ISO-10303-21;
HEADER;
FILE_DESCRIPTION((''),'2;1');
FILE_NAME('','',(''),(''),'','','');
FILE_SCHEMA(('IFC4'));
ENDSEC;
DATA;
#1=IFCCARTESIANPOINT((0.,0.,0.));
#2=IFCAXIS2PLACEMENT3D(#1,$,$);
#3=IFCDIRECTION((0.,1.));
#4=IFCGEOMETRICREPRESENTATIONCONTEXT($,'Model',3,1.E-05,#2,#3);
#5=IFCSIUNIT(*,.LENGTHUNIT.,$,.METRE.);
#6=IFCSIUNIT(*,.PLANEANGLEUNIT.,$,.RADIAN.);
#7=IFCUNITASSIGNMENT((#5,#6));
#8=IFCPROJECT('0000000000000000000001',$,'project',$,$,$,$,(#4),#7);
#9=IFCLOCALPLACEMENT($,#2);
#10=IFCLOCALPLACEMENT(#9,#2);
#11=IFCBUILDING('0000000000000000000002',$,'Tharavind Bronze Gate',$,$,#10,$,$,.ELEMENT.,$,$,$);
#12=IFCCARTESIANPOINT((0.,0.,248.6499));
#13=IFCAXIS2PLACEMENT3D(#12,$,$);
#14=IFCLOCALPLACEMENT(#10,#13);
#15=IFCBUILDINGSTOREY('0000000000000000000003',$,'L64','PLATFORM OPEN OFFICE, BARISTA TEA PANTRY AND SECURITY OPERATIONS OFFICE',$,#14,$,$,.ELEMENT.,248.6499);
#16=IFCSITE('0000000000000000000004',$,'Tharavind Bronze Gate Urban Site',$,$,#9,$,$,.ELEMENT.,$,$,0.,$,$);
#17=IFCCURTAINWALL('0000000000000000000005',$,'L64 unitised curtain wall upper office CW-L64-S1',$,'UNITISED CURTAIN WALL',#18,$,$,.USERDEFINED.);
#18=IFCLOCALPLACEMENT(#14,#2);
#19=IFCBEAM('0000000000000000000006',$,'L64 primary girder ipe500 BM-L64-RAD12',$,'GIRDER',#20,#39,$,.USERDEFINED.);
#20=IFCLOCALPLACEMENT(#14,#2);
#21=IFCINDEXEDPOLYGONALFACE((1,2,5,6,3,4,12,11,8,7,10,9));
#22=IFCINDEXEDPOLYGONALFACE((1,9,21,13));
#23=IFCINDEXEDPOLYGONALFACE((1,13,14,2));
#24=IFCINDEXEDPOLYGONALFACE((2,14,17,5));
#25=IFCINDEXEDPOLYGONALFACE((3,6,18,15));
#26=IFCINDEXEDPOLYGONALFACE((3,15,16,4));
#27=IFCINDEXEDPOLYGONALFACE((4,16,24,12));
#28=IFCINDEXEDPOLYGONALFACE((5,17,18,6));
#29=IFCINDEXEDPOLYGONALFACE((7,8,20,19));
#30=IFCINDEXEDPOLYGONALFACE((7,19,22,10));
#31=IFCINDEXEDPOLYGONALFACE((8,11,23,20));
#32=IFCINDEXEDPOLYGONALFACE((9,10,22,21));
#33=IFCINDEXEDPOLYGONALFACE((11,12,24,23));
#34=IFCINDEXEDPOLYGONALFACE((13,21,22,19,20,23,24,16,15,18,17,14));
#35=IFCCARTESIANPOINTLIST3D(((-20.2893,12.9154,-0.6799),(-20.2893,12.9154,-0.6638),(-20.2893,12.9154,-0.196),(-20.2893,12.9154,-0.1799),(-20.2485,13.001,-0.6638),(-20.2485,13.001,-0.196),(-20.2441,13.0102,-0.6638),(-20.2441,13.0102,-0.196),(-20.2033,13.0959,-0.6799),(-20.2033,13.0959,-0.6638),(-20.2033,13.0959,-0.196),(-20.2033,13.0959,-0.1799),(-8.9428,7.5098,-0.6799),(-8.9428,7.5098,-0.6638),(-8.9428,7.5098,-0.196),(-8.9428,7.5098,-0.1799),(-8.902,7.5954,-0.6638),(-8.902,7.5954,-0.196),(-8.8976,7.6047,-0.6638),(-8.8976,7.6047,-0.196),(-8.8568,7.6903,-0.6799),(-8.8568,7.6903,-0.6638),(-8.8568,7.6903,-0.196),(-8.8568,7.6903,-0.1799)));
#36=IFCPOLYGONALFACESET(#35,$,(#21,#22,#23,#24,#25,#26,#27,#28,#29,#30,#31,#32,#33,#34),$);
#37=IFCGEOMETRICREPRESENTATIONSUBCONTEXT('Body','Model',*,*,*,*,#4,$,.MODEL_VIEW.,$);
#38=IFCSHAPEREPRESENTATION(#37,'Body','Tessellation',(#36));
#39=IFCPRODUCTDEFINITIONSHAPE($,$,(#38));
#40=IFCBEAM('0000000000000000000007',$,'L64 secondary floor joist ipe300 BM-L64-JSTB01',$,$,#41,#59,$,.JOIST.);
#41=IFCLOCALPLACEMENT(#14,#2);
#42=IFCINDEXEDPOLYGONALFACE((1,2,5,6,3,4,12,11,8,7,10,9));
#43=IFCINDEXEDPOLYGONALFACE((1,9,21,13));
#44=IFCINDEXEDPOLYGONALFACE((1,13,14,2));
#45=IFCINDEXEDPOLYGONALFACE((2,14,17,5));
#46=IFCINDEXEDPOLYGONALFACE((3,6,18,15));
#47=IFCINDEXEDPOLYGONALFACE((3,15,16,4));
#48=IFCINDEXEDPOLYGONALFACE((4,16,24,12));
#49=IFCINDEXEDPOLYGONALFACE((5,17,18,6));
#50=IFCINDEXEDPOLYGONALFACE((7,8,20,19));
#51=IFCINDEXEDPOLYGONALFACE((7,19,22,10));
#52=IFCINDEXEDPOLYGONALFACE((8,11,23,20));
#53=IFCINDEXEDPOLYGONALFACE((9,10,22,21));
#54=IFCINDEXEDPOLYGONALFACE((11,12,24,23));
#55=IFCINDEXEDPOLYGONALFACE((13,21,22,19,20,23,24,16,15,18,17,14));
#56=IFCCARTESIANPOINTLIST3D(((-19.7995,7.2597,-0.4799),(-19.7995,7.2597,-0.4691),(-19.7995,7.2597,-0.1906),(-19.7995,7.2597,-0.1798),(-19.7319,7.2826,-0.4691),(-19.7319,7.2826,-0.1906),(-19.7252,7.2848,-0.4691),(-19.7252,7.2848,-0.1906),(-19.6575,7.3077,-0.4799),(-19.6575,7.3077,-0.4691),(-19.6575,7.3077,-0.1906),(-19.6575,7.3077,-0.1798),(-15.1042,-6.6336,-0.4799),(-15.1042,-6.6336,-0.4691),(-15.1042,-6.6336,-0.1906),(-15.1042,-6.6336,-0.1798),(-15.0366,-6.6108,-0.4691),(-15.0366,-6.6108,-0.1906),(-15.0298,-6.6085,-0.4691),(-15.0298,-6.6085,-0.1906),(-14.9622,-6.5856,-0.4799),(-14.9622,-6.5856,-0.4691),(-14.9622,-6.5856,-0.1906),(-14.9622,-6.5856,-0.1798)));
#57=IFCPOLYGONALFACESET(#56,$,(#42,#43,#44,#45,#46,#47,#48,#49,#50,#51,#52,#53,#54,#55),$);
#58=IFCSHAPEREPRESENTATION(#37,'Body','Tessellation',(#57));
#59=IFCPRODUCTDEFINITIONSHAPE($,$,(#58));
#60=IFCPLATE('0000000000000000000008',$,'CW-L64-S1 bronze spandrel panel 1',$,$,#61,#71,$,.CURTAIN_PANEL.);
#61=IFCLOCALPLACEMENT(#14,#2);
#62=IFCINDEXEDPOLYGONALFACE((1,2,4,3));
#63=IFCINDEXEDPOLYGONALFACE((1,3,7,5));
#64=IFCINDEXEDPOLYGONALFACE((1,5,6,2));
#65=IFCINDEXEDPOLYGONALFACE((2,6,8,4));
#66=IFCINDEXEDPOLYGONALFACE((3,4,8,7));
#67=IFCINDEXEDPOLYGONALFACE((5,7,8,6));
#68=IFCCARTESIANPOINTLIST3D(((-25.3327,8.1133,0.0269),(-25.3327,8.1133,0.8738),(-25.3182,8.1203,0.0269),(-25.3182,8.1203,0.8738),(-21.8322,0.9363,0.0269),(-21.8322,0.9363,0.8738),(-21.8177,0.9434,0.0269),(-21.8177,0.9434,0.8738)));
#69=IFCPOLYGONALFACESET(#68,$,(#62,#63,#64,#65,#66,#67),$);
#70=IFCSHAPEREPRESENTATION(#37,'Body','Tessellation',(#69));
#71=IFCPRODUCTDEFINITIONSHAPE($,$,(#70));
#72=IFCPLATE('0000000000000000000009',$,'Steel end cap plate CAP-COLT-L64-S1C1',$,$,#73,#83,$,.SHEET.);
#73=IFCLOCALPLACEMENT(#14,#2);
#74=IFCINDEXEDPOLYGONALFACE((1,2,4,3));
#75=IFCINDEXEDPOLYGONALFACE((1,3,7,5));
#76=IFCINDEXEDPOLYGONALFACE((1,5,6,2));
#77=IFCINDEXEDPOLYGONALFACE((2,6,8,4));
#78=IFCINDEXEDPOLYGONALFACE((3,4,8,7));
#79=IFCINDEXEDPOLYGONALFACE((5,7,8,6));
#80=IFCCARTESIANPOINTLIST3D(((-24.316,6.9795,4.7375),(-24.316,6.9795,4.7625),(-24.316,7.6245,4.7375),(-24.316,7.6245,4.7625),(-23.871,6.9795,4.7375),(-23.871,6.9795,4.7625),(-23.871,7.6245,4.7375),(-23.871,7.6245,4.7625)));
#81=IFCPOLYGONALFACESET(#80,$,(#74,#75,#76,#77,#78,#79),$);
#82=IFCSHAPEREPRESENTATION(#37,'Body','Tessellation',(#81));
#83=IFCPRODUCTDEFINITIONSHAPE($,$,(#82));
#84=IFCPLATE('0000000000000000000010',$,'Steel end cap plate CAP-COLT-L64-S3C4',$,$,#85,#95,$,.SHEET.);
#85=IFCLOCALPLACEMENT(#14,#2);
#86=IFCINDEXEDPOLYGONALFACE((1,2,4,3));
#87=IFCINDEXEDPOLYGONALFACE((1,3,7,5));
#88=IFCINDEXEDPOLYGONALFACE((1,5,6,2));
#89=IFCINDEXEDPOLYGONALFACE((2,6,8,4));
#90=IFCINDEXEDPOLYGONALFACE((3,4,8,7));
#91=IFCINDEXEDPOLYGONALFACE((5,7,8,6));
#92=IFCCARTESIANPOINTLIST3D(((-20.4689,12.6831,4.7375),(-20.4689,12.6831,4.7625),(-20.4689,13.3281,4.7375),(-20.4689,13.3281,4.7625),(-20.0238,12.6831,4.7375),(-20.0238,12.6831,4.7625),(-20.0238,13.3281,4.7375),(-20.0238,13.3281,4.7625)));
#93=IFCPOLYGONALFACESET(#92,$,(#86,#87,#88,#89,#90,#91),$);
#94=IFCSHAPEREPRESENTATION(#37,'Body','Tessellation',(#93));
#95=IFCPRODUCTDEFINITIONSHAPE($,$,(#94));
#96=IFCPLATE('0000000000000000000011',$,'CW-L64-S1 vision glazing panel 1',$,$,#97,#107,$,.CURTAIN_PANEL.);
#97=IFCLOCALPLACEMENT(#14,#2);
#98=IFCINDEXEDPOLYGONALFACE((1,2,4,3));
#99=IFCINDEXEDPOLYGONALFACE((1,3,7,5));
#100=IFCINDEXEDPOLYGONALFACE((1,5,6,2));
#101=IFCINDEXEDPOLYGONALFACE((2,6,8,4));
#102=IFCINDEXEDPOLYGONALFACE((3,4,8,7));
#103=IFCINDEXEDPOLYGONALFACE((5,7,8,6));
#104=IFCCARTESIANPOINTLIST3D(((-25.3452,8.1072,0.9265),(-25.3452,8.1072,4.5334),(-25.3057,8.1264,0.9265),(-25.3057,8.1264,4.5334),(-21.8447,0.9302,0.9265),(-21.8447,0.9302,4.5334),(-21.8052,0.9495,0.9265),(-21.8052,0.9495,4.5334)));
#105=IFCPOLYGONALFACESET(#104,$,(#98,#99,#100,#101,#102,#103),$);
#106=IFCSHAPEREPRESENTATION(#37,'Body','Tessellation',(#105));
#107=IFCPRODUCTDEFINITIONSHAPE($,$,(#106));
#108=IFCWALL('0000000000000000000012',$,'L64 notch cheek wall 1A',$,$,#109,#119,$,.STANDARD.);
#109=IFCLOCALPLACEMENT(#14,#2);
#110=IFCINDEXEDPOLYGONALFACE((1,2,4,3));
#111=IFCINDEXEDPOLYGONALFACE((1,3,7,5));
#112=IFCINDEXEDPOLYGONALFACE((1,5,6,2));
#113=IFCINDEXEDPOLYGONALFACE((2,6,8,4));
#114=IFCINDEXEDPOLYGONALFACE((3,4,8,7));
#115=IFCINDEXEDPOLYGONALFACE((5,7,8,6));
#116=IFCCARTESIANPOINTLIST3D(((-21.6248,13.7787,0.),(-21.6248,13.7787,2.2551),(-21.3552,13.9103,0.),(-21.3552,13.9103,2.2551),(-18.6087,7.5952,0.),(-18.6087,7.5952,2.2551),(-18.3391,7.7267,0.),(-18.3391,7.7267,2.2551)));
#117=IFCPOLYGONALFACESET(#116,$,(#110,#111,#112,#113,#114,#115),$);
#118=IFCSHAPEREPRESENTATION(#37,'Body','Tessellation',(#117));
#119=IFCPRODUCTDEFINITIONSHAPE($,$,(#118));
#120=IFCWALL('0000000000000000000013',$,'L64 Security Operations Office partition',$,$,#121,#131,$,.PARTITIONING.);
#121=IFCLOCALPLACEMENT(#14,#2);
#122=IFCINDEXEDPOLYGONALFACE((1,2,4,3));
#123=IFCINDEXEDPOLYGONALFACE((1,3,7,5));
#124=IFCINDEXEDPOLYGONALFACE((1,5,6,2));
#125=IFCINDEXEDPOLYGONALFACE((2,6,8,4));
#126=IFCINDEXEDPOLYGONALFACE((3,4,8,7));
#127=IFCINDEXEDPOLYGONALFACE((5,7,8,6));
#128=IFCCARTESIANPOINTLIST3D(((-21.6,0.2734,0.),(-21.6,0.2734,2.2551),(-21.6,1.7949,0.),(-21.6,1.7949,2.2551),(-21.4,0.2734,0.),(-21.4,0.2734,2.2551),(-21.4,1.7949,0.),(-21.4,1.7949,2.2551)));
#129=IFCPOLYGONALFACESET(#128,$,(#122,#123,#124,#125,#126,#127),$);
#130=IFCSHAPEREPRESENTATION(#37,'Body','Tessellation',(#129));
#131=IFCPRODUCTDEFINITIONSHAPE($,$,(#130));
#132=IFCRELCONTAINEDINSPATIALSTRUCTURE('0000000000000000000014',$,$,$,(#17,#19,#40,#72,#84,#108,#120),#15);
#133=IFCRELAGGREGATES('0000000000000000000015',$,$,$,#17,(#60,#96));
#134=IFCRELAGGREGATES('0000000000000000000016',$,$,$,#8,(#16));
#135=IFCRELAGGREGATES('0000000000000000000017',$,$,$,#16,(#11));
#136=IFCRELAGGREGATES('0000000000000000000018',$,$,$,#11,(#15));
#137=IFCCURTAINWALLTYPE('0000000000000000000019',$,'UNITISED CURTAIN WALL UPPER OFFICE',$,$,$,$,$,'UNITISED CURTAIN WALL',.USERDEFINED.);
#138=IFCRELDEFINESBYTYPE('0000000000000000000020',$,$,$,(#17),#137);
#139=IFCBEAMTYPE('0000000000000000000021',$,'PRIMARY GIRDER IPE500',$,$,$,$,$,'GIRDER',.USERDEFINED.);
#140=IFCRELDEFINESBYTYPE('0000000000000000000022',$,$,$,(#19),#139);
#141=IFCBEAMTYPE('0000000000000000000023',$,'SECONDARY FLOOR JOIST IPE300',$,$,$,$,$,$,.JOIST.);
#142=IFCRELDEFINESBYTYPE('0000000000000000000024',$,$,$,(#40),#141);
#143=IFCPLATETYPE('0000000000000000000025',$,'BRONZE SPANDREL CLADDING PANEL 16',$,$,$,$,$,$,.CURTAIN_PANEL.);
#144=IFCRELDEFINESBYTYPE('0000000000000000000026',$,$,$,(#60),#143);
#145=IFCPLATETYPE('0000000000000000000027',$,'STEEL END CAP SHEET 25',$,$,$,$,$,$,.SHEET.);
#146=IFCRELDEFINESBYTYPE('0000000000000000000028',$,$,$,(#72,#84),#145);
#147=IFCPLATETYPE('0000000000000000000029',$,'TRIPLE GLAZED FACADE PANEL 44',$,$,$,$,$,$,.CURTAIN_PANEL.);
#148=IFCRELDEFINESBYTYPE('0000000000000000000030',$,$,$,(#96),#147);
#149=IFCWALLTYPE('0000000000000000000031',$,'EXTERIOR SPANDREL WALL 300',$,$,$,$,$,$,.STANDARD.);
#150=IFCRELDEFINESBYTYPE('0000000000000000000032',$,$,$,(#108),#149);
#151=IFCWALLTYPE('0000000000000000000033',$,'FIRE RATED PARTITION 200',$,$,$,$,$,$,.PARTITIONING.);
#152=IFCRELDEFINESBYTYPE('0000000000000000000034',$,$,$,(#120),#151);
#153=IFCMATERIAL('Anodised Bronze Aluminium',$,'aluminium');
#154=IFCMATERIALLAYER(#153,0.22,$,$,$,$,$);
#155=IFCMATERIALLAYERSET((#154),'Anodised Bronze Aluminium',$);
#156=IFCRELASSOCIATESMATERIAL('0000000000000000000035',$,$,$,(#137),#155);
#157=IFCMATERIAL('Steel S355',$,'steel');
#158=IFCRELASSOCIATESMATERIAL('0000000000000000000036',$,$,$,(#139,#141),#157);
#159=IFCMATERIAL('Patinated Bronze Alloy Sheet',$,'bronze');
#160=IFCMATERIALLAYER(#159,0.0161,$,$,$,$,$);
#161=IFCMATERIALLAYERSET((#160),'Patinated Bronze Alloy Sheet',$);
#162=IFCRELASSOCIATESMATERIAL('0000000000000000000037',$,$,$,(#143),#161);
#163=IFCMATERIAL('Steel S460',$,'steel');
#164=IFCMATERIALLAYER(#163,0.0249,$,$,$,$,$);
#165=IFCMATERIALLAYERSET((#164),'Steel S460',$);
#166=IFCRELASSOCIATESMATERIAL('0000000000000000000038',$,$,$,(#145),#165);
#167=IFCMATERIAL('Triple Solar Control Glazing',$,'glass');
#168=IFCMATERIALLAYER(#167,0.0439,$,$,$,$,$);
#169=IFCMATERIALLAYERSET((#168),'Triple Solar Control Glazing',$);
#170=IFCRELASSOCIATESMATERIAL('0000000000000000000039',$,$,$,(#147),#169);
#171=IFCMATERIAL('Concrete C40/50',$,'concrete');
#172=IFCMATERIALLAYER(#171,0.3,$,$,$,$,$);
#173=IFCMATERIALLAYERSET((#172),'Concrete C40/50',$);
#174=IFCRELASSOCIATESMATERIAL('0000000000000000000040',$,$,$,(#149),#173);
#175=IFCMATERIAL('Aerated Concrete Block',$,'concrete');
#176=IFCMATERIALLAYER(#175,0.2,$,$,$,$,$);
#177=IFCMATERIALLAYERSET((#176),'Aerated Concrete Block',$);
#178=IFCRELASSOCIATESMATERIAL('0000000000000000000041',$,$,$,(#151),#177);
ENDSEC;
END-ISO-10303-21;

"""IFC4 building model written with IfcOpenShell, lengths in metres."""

from ifc_helpers import new_model, si_unit, direction, frame, frame_2d, origin, origin_2d, place, context, subcontext, project, spatial, rectangle, i_section, extrude, material, layer, layer_set, material_profile, profile_set, type_object, element, aggregate, save


model = new_model("IFC4")

# Units and contexts
model_context = context("Model", 3, precision=1e-05, world=origin(), true_north=direction((0.0, 1.0)))
body_context = subcontext(model_context, "Body", "Model", "MODEL_VIEW")
ifc_project = project(units=[si_unit("LENGTHUNIT", "METRE"), si_unit("PLANEANGLEUNIT", "RADIAN")], contexts=[model_context])

# Site, building, storey
site_placement = place(None, origin())
site = spatial("IfcSite", under=ifc_project, at=site_placement, Name="Tharavind Bronze Gate Urban Site", CompositionType="ELEMENT", RefElevation=0.0)
building_placement = place(site_placement, origin())
building = spatial("IfcBuilding", under=site, at=building_placement, Name="Tharavind Bronze Gate", CompositionType="ELEMENT")
storey_placement = place(building_placement, frame((0.0, 0.0, 248.6499)))
storey = spatial("IfcBuildingStorey", under=building, at=storey_placement, Name="L64", Description="PLATFORM OPEN OFFICE, BARISTA TEA PANTRY AND SECURITY OPERATIONS OFFICE", CompositionType="ELEMENT", Elevation=248.6499)

# Shared definitions
ifc_material_1 = material(Name="Steel S460", Category="steel")

# Curtain wall
ifc_material_2 = material(Name="Anodised Bronze Aluminium", Category="aluminium")
ifc_layer_1 = layer(ifc_material_2, 0.22)
ifc_layer_set_1 = layer_set([ifc_layer_1], Name="Anodised Bronze Aluminium")
curtain_wall_type = type_object("IfcCurtainWallType", Name="UNITISED CURTAIN WALL UPPER OFFICE", ElementType="UNITISED CURTAIN WALL", PredefinedType="USERDEFINED", material=ifc_layer_set_1)
curtain_wall_1_placement = place(storey_placement, origin())
curtain_wall_1 = element("IfcCurtainWall", 1, at=curtain_wall_1_placement, inside=storey, type_object=curtain_wall_type, Name="L64 unitised curtain wall upper office CW-L64-S1", ObjectType="UNITISED CURTAIN WALL", PredefinedType="USERDEFINED")

# Beams
ifc_material_3 = material(Name="Steel S355", Category="steel")
ifc_material_profile_1 = material_profile(ifc_material_3, i_section(OverallWidth=0.2, OverallDepth=0.5, WebThickness=0.0103, FlangeThickness=0.0161, at=origin_2d()), Name="IPE500")
ifc_profile_set_1 = profile_set([ifc_material_profile_1], Name="Steel S355")
beam_type_1 = type_object("IfcBeamType", Name="PRIMARY GIRDER IPE500", ElementType="GIRDER", PredefinedType="USERDEFINED", material=ifc_profile_set_1)
beam_1_placement = place(storey_placement, frame((-20.2463, 13.0056, -0.4299), z_axis=(0.902785, -0.430093, 0.0), x_axis=(0.430093, 0.902785, 0.0)))
element("IfcBeam", 2, at=beam_1_placement, inside=storey, type_object=beam_type_1, Name="L64 primary girder ipe500 BM-L64-RAD12", ObjectType="GIRDER", PredefinedType="USERDEFINED", context=body_context, shape_type="SweptSolid", body=[
    extrude(i_section(OverallWidth=0.2, OverallDepth=0.5, WebThickness=0.0103, FlangeThickness=0.0161, at=origin_2d()), origin(), (0.0, 0.0, 1.0), 12.5684),
])
ifc_material_profile_2 = material_profile(ifc_material_3, i_section(OverallWidth=0.1499, OverallDepth=0.3, WebThickness=0.0071, FlangeThickness=0.0107, at=origin_2d()), Name="IPE300")
ifc_profile_set_2 = profile_set([ifc_material_profile_2], Name="Steel S355")
beam_type_2 = type_object("IfcBeamType", Name="SECONDARY FLOOR JOIST IPE300", PredefinedType="JOIST", material=ifc_profile_set_2)
beam_2_placement = place(storey_placement, frame((-19.7285, 7.2837, -0.3298), z_axis=(0.320166, -0.947362, 0.0), x_axis=(0.947362, 0.320166, 0.0)))
element("IfcBeam", 3, at=beam_2_placement, inside=storey, type_object=beam_type_2, Name="L64 secondary floor joist ipe300 BM-L64-JSTB01", PredefinedType="JOIST", context=body_context, shape_type="SweptSolid", body=[
    extrude(i_section(OverallWidth=0.1499, OverallDepth=0.3, WebThickness=0.0071, FlangeThickness=0.0107, at=origin_2d()), origin(), (0.0, 0.0, 1.0), 14.6653),
])

# Plate
ifc_material_4 = material(Name="Patinated Bronze Alloy Sheet", Category="bronze")
ifc_layer_2 = layer(ifc_material_4, 0.0161)
ifc_layer_set_2 = layer_set([ifc_layer_2], Name="Patinated Bronze Alloy Sheet")
plate_type_1 = type_object("IfcPlateType", Name="BRONZE SPANDREL CLADDING PANEL 16", PredefinedType="CURTAIN_PANEL", material=ifc_layer_set_2)
plate_1_placement = place(storey_placement, frame((-23.5752, 4.5283, 0.0269), z_axis=(0.0, 0.0, 1.0), x_axis=(0.438371, -0.898794, 0.0)))
plate_1 = element("IfcPlate", 4, at=plate_1_placement, type_object=plate_type_1, Name="CW-L64-S1 bronze spandrel panel 1", PredefinedType="CURTAIN_PANEL", context=body_context, shape_type="SweptSolid", body=[
    extrude(rectangle(XDim=7.9851, YDim=0.0161, at=origin_2d()), origin(), (0.0, 0.0, 1.0), 0.8469),
])

# Plates
ifc_layer_3 = layer(ifc_material_1, 0.0249)
ifc_layer_set_3 = layer_set([ifc_layer_3], Name="Steel S460")
plate_type_2 = type_object("IfcPlateType", Name="STEEL END CAP SHEET 25", PredefinedType="SHEET", material=ifc_layer_set_3)
for number, where, z_axis, x_axis, name in (
    (5, (-24.0935, 7.302, 4.7375), (0.0, 0.0, 1.0), (1.0, 0.0, 0.0), "Steel end cap plate CAP-COLT-L64-S1C1"),
    (6, (-20.2463, 13.0056, 4.7375), (0.0, 0.0, 1.0), (1.0, 0.0, 0.0), "Steel end cap plate CAP-COLT-L64-S3C4"),
):
    element("IfcPlate", number, at=place(storey_placement, frame(where, z_axis=z_axis, x_axis=x_axis)), inside=storey, type_object=plate_type_2, Name=name, PredefinedType="SHEET", context=body_context, shape_type="SweptSolid", body=[
        extrude(rectangle(XDim=0.4451, YDim=0.645, at=origin_2d()), origin(), (0.0, 0.0, 1.0), 0.0249),
    ])

# Plate
ifc_material_5 = material(Name="Triple Solar Control Glazing", Category="glass")
ifc_layer_4 = layer(ifc_material_5, 0.0439)
ifc_layer_set_4 = layer_set([ifc_layer_4], Name="Triple Solar Control Glazing")
plate_type_3 = type_object("IfcPlateType", Name="TRIPLE GLAZED FACADE PANEL 44", PredefinedType="CURTAIN_PANEL", material=ifc_layer_set_4)
plate_2_placement = place(storey_placement, frame((-23.5752, 4.5283, 0.9265), z_axis=(0.0, 0.0, 1.0), x_axis=(0.438371, -0.898794, 0.0)))
plate_2 = element("IfcPlate", 7, at=plate_2_placement, type_object=plate_type_3, Name="CW-L64-S1 vision glazing panel 1", PredefinedType="CURTAIN_PANEL", context=body_context, shape_type="SweptSolid", body=[
    extrude(rectangle(XDim=7.9851, YDim=0.0439, at=origin_2d()), origin(), (0.0, 0.0, 1.0), 3.6069),
])
aggregate(curtain_wall_1, [plate_1, plate_2])

# Walls
ifc_material_6 = material(Name="Concrete C40/50", Category="concrete")
ifc_layer_5 = layer(ifc_material_6, 0.3)
ifc_layer_set_5 = layer_set([ifc_layer_5], Name="Concrete C40/50")
wall_type_1 = type_object("IfcWallType", Name="EXTERIOR SPANDREL WALL 300", PredefinedType="STANDARD", material=ifc_layer_set_5)
wall_1_placement = place(storey_placement, frame((-21.49, 13.8445, 0.0), z_axis=(0.0, 0.0, 1.0), x_axis=(0.438391, -0.898784, 0.0)))
element("IfcWall", 8, at=wall_1_placement, inside=storey, type_object=wall_type_1, Name="L64 notch cheek wall 1A", PredefinedType="STANDARD", context=body_context, shape_type="SweptSolid", body=[
    extrude(rectangle(XDim=6.8799, YDim=0.3, at=frame_2d((3.4399, 0.0))), origin(), (0.0, 0.0, 1.0), 2.2551),
])
ifc_material_7 = material(Name="Aerated Concrete Block", Category="concrete")
ifc_layer_6 = layer(ifc_material_7, 0.2)
ifc_layer_set_6 = layer_set([ifc_layer_6], Name="Aerated Concrete Block")
wall_type_2 = type_object("IfcWallType", Name="FIRE RATED PARTITION 200", PredefinedType="PARTITIONING", material=ifc_layer_set_6)
wall_2_placement = place(storey_placement, frame((-21.5, 1.7949, 0.0), z_axis=(0.0, 0.0, 1.0), x_axis=(0.0, -1.0, 0.0)))
element("IfcWall", 9, at=wall_2_placement, inside=storey, type_object=wall_type_2, Name="L64 Security Operations Office partition", PredefinedType="PARTITIONING", context=body_context, shape_type="SweptSolid", body=[
    extrude(rectangle(XDim=1.5215, YDim=0.2, at=frame_2d((0.7607, 0.0))), origin(), (0.0, 0.0, 1.0), 2.2551),
])

save(model, "model.ifc")
